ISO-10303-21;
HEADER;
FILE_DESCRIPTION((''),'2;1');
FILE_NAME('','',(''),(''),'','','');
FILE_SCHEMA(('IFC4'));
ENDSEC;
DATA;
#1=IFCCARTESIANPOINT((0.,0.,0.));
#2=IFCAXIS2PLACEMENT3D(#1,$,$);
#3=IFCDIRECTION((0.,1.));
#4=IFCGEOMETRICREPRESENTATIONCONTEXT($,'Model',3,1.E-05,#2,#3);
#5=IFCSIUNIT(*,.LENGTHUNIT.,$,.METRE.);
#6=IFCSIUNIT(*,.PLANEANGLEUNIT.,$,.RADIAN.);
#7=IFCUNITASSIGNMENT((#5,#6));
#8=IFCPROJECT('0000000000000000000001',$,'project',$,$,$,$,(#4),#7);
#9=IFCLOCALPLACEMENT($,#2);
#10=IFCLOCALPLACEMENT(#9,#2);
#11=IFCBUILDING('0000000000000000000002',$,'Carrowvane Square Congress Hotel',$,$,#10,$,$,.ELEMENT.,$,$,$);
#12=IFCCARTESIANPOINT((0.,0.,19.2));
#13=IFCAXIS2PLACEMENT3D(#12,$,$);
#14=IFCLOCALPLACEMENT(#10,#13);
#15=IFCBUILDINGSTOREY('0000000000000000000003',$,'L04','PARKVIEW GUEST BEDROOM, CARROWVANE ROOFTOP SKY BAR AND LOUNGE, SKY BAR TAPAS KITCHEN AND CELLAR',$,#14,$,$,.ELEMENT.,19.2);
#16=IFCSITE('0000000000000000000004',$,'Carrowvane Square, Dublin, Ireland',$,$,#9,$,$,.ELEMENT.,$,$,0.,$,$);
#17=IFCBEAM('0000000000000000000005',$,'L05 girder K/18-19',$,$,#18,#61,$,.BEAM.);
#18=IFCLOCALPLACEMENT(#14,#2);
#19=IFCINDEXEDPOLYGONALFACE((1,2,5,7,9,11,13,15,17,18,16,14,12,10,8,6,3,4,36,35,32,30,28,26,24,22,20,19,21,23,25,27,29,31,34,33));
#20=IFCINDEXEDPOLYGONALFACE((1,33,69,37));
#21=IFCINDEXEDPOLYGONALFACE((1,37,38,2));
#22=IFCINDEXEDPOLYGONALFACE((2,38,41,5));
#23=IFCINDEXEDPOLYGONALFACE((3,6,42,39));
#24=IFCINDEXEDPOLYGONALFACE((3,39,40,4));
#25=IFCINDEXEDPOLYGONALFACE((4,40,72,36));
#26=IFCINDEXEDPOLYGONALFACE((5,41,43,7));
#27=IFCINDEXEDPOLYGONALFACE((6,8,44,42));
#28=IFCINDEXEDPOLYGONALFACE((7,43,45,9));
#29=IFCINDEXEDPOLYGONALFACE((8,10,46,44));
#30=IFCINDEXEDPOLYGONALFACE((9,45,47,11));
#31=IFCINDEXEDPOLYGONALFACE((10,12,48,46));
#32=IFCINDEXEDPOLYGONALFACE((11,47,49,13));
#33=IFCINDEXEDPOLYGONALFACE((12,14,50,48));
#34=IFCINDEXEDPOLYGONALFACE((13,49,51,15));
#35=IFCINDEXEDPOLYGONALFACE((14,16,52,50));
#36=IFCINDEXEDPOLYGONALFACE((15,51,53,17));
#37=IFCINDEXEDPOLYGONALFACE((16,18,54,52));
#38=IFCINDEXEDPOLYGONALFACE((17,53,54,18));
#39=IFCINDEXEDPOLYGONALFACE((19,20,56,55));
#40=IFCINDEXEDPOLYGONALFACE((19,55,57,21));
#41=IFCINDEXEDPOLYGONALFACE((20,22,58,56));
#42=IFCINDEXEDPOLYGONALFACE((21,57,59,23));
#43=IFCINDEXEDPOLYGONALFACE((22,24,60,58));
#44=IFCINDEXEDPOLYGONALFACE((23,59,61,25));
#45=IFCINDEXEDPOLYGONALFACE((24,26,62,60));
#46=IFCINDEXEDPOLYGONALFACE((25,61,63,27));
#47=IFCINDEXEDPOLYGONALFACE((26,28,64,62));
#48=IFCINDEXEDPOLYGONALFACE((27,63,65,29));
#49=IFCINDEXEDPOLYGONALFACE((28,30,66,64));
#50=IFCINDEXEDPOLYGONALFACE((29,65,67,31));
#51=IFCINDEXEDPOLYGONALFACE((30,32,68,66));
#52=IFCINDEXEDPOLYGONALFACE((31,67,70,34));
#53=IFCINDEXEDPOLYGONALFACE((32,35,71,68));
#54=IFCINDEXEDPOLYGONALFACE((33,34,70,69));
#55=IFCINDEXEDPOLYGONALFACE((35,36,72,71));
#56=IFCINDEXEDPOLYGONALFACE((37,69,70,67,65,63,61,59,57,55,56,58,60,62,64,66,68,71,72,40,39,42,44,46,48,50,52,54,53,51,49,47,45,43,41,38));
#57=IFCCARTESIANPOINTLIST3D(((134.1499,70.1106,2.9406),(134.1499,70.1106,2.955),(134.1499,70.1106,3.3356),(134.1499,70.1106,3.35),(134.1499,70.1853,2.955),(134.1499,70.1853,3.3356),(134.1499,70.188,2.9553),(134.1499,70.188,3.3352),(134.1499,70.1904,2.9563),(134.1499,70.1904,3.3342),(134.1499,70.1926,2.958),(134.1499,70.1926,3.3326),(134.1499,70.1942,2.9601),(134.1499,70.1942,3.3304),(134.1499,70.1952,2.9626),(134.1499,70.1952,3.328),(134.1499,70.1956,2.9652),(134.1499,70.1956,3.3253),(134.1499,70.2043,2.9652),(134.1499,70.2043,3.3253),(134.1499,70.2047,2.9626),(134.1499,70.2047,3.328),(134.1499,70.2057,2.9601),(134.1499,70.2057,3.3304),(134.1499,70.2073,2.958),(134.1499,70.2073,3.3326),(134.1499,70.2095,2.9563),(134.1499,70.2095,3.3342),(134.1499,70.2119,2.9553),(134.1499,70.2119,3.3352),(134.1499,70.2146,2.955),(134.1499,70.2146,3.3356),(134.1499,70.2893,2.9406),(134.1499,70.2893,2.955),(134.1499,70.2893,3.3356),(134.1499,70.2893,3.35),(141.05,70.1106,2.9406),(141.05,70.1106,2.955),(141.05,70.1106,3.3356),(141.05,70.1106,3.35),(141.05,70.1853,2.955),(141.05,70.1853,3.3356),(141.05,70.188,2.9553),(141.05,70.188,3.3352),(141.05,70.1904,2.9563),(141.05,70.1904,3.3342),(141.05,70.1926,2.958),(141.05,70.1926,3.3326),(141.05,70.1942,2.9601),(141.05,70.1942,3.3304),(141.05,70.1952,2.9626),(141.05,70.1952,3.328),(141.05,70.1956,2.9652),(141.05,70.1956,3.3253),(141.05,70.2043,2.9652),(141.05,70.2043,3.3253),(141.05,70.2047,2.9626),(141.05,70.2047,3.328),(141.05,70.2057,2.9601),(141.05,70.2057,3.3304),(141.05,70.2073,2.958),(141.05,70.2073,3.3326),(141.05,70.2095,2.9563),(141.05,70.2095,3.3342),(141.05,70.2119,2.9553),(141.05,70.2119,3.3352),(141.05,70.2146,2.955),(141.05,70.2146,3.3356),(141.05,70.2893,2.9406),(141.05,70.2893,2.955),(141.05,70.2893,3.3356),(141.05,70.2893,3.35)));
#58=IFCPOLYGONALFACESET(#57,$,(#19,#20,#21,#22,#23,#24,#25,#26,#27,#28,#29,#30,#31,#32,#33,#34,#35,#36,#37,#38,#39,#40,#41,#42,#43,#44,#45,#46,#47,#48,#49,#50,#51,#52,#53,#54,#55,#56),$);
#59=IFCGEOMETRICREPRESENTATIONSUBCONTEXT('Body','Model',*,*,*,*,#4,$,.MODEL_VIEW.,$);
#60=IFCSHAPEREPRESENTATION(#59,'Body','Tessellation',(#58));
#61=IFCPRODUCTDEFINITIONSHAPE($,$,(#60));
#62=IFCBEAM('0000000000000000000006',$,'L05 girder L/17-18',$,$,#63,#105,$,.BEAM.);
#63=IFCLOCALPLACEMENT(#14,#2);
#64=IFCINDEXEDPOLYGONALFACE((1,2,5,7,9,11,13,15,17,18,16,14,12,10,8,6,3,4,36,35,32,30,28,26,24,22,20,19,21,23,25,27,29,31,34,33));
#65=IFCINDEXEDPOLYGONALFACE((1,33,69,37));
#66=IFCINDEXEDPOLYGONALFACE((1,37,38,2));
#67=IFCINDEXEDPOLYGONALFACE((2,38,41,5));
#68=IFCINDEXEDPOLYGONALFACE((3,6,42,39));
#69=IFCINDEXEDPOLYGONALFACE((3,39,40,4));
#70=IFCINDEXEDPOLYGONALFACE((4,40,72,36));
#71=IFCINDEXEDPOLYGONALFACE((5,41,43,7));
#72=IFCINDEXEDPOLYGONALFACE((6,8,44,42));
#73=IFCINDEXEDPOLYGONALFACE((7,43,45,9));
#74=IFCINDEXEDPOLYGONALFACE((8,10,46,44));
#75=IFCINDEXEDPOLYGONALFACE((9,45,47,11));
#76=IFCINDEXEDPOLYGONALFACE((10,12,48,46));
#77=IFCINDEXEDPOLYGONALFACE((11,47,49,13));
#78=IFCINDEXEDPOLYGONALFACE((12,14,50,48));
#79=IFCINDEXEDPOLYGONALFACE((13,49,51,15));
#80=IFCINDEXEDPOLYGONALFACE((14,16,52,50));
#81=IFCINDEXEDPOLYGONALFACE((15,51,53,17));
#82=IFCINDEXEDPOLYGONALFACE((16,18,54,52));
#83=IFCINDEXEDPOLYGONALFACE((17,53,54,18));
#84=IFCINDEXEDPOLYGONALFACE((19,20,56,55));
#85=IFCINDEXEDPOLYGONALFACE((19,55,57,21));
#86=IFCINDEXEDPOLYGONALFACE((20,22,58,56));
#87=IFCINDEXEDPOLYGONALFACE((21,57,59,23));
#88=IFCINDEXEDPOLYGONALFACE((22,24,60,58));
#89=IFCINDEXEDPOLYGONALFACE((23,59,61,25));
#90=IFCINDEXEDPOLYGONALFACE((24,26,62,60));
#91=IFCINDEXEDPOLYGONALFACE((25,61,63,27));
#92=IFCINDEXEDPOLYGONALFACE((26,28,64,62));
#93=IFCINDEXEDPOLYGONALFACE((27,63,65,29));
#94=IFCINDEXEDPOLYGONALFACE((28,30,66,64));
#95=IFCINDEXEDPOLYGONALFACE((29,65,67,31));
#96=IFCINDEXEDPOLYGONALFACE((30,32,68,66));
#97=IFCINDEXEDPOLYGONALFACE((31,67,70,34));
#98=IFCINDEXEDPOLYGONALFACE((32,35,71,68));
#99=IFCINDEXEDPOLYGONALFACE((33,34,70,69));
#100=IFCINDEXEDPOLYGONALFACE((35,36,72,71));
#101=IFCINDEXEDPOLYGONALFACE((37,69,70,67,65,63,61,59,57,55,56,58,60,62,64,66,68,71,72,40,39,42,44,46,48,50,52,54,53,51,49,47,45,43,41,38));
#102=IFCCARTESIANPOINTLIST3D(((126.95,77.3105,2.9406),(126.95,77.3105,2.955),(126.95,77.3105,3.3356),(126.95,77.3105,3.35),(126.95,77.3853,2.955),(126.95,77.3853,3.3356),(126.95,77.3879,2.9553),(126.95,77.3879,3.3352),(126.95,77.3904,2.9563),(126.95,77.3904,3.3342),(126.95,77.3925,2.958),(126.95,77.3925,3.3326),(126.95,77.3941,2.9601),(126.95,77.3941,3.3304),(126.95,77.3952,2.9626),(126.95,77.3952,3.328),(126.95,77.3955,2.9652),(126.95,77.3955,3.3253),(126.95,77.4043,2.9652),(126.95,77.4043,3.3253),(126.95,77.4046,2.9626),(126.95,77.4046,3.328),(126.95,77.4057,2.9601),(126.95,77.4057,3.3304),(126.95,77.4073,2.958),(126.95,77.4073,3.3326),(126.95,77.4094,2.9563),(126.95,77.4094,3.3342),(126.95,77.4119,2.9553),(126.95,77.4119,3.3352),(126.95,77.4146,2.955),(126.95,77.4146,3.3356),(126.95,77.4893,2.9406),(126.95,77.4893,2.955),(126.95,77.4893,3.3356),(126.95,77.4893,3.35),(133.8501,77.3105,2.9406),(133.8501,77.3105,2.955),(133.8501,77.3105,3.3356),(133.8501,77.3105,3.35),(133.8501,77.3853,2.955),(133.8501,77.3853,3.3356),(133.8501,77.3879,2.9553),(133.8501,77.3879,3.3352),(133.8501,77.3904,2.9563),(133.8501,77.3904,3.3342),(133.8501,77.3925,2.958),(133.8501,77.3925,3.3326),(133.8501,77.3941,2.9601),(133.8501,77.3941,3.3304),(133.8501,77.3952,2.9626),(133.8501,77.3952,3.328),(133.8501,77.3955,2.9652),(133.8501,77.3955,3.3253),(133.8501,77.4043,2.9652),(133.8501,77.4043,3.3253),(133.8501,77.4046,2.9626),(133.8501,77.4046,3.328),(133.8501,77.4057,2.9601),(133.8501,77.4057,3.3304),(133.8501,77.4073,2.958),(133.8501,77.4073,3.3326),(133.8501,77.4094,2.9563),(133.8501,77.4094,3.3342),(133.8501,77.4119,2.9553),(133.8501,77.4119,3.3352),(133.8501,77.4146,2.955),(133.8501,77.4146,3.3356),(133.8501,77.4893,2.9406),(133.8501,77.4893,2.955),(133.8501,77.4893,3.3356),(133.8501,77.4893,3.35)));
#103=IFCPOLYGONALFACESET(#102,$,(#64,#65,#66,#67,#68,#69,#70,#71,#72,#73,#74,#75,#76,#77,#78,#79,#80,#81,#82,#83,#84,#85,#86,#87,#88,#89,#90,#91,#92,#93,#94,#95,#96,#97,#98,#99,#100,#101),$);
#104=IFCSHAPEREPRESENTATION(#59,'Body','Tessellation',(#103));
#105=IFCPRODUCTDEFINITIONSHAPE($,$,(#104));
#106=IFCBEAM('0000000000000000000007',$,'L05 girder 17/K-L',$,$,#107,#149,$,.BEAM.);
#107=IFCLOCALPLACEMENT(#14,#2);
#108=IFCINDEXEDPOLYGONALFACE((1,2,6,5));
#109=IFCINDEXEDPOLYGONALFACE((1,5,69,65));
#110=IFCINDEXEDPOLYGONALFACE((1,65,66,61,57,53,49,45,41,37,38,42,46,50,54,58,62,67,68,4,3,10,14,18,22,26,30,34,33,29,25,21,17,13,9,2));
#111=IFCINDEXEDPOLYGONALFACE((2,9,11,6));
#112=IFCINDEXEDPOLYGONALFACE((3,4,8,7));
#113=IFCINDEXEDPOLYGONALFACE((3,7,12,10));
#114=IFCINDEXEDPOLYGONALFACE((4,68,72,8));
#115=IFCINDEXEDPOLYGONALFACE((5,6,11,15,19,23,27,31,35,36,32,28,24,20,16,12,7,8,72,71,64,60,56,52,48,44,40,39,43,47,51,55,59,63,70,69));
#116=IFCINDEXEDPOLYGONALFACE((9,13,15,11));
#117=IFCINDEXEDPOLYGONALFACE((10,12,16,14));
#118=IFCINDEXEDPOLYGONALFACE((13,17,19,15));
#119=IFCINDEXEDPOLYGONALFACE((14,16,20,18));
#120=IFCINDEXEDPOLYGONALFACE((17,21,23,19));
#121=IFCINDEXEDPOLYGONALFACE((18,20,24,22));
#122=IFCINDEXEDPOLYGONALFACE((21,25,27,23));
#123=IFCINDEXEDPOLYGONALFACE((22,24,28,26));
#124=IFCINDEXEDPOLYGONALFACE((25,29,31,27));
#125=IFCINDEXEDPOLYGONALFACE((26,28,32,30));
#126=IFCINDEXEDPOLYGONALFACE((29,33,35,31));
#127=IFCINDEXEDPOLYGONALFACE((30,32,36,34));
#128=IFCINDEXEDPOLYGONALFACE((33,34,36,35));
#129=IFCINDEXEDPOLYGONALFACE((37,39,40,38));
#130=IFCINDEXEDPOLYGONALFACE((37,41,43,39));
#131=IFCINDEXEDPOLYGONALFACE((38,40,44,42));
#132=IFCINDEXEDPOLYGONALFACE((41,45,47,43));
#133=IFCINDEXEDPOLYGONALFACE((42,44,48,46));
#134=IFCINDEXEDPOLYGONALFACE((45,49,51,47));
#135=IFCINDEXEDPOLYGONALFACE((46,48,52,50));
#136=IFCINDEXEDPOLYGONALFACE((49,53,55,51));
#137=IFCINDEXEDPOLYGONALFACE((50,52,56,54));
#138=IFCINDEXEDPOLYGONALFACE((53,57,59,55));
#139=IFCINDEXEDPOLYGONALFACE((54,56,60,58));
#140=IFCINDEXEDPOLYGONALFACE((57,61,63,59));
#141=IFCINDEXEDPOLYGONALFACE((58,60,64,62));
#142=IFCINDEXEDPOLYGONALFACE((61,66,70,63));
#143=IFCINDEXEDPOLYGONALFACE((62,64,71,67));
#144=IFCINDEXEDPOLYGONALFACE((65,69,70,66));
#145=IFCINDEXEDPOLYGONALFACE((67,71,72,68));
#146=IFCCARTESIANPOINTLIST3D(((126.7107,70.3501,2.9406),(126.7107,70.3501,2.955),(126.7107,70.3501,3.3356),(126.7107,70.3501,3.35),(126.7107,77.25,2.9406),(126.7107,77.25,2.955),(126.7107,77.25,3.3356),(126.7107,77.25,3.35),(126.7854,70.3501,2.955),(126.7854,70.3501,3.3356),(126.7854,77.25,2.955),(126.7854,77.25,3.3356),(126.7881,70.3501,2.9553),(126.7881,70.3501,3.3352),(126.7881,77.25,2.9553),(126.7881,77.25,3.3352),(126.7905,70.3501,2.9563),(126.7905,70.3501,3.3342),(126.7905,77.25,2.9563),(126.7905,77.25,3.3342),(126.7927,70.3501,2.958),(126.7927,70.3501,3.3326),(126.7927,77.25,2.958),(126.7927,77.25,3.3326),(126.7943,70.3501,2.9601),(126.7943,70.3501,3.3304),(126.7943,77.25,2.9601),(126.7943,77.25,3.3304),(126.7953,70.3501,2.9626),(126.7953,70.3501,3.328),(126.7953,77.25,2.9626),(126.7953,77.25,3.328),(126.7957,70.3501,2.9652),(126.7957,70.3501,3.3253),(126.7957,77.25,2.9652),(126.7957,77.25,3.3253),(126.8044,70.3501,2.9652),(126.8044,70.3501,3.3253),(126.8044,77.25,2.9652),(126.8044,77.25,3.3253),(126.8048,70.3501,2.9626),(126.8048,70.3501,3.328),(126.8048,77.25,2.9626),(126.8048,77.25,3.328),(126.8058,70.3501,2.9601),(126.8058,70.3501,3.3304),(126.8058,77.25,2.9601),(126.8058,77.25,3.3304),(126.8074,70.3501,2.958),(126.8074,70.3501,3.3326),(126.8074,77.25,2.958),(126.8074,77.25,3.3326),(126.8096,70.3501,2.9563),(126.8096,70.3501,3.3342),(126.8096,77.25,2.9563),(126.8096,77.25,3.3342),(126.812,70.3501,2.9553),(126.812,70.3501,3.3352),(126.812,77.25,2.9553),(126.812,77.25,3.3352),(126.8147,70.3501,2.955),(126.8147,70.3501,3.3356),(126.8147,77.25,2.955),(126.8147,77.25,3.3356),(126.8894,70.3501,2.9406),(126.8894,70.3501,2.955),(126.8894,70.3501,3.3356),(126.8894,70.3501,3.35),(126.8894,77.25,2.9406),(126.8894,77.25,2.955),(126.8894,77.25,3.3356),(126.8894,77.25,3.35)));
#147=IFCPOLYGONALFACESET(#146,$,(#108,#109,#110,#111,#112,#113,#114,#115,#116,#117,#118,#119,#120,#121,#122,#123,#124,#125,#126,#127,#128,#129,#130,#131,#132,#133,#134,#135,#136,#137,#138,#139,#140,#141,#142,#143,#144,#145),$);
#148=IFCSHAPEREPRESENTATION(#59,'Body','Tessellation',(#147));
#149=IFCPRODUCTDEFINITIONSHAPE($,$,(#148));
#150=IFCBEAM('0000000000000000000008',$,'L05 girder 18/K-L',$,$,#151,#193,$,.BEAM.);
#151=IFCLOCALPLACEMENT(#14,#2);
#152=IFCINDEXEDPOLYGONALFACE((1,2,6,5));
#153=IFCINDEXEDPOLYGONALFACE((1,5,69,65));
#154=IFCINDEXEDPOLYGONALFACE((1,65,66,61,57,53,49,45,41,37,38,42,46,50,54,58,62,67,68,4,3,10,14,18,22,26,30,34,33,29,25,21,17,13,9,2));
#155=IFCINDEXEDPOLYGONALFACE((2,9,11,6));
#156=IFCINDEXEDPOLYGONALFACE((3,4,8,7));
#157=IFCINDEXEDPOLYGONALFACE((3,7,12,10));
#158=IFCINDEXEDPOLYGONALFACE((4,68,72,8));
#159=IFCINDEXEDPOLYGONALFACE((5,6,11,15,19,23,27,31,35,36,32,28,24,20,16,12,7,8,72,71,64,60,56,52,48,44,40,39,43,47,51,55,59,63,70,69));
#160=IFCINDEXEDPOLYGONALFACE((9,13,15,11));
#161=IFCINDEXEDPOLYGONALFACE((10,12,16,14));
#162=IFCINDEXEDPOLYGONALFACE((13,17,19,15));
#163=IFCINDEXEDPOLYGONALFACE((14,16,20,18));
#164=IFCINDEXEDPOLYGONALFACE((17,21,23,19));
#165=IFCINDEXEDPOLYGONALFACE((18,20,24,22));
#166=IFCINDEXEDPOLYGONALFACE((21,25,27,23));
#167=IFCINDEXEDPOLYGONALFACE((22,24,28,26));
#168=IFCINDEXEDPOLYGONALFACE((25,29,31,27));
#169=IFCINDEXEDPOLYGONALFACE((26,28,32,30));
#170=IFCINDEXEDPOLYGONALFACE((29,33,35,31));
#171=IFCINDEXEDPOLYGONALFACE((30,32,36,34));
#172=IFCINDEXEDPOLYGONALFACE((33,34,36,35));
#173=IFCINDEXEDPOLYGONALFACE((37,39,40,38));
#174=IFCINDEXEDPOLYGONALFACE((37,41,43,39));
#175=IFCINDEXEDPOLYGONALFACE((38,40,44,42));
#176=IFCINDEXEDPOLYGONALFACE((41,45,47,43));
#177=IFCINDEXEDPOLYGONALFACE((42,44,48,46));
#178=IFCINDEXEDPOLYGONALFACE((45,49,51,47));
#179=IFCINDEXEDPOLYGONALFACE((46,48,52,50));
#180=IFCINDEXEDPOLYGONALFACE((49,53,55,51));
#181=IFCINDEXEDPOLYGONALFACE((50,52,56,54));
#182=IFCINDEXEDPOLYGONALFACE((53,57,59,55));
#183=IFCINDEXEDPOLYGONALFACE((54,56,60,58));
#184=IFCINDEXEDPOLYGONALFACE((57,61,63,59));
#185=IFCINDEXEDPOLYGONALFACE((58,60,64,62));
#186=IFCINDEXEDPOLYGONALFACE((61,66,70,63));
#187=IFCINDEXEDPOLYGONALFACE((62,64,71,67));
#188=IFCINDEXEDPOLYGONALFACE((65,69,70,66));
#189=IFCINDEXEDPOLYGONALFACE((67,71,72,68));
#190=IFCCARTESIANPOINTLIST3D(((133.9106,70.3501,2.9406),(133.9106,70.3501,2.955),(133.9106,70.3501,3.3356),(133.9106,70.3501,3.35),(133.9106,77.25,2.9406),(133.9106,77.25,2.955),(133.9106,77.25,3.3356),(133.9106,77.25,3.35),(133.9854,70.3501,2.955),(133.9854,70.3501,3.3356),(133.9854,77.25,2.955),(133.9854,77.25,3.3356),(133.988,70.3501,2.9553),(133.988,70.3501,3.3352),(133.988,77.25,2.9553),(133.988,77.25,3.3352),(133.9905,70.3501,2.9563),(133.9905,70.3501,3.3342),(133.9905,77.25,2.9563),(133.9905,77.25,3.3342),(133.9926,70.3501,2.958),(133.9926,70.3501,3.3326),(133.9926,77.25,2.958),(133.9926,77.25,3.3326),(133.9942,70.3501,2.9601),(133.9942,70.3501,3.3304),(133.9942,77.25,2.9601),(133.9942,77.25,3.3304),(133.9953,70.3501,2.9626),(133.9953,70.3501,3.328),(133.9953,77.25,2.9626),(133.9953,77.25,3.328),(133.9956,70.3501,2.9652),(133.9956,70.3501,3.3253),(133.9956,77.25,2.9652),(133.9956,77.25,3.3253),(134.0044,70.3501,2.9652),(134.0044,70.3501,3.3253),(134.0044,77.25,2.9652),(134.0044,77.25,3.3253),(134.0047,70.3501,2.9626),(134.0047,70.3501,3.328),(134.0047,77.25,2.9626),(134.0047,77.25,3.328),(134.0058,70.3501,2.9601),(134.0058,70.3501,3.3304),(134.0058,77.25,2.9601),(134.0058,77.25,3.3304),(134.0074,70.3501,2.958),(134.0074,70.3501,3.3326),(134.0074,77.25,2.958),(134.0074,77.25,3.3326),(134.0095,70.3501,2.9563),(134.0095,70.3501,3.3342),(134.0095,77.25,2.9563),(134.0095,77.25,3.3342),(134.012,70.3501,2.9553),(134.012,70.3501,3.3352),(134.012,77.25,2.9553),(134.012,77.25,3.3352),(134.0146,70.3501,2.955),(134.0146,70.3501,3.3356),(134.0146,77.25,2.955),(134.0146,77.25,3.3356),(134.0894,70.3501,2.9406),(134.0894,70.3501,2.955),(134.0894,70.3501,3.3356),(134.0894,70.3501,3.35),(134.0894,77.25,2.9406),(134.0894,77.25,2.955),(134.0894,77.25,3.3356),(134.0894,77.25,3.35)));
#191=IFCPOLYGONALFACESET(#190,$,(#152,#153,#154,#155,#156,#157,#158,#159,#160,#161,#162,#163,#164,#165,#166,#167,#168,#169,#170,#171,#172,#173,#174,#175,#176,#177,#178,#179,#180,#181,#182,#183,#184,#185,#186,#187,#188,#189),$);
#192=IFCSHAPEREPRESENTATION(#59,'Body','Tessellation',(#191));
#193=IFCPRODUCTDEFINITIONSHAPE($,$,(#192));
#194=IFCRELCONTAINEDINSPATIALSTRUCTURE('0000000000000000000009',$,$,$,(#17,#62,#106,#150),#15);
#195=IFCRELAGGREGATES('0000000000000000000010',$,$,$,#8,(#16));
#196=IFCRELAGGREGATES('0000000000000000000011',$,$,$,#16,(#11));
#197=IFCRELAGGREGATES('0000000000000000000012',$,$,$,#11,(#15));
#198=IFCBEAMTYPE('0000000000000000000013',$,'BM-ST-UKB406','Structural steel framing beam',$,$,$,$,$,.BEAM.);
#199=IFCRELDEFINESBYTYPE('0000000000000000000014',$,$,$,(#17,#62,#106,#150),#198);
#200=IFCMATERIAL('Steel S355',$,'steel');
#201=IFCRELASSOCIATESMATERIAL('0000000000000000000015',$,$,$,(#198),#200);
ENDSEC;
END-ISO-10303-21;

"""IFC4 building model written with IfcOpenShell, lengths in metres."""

from ifc_helpers import new_model, si_unit, direction, frame, origin, origin_2d, place, context, subcontext, project, spatial, i_section, extrude, material, material_profile, profile_set, type_object, element, save


model = new_model("IFC4")

# Units and contexts
model_context = context("Model", 3, precision=1e-05, world=origin(), true_north=direction((0.0, 1.0)))
body_context = subcontext(model_context, "Body", "Model", "MODEL_VIEW")
ifc_project = project(units=[si_unit("LENGTHUNIT", "METRE"), si_unit("PLANEANGLEUNIT", "RADIAN")], contexts=[model_context])

# Site, building, storey
site_placement = place(None, origin())
site = spatial("IfcSite", under=ifc_project, at=site_placement, Name="Carrowvane Square, Dublin, Ireland", CompositionType="ELEMENT", RefElevation=0.0)
building_placement = place(site_placement, origin())
building = spatial("IfcBuilding", under=site, at=building_placement, Name="Carrowvane Square Congress Hotel", CompositionType="ELEMENT")
storey_placement = place(building_placement, frame((0.0, 0.0, 19.2)))
storey = spatial("IfcBuildingStorey", under=building, at=storey_placement, Name="L04", Description="PARKVIEW GUEST BEDROOM, CARROWVANE ROOFTOP SKY BAR AND LOUNGE, SKY BAR TAPAS KITCHEN AND CELLAR", CompositionType="ELEMENT", Elevation=19.2)

# Beams
ifc_material_1 = material(Name="Steel S355", Category="steel")
ifc_material_profile_1 = material_profile(ifc_material_1, i_section(OverallWidth=0.1787, OverallDepth=0.4094, WebThickness=0.0088, FlangeThickness=0.0144, FilletRadius=0.0103, at=origin_2d()), Name="UKB 406x178x67")
ifc_profile_set_1 = profile_set([ifc_material_profile_1], Name="Steel S355")
beam_type_1 = type_object("IfcBeamType", Name="BM-ST-UKB406", Description="Structural steel framing beam", PredefinedType="BEAM", material=ifc_profile_set_1)
for number, where, z_axis, x_axis, name in (
    (1, (134.1499, 70.2, 3.1453), (1.0, 0.0, 0.0), (0.0, 1.0, 0.0), "L05 girder K/18-19"),
    (2, (126.95, 77.3999, 3.1453), (1.0, 0.0, 0.0), (0.0, 1.0, 0.0), "L05 girder L/17-18"),
):
    element("IfcBeam", number, at=place(storey_placement, frame(where, z_axis=z_axis, x_axis=x_axis)), inside=storey, type_object=beam_type_1, Name=name, PredefinedType="BEAM", context=body_context, shape_type="SweptSolid", body=[
        extrude(i_section(OverallWidth=0.1787, OverallDepth=0.4094, WebThickness=0.0088, FlangeThickness=0.0144, FilletRadius=0.0103, at=origin_2d()), origin(), (0.0, 0.0, 1.0), 6.9001),
    ])
for number, where, z_axis, x_axis, name in (
    (3, (126.8, 70.3501, 3.1453), (0.0, 1.0, 0.0), (-1.0, 0.0, 0.0), "L05 girder 17/K-L"),
    (4, (134.0, 70.3501, 3.1453), (0.0, 1.0, 0.0), (-1.0, 0.0, 0.0), "L05 girder 18/K-L"),
):
    element("IfcBeam", number, at=place(storey_placement, frame(where, z_axis=z_axis, x_axis=x_axis)), inside=storey, type_object=beam_type_1, Name=name, PredefinedType="BEAM", context=body_context, shape_type="SweptSolid", body=[
        extrude(i_section(OverallWidth=0.1787, OverallDepth=0.4094, WebThickness=0.0088, FlangeThickness=0.0144, FilletRadius=0.0103, at=origin_2d()), origin(), (0.0, 0.0, 1.0), 6.8999),
    ])

save(model, "model.ifc")
